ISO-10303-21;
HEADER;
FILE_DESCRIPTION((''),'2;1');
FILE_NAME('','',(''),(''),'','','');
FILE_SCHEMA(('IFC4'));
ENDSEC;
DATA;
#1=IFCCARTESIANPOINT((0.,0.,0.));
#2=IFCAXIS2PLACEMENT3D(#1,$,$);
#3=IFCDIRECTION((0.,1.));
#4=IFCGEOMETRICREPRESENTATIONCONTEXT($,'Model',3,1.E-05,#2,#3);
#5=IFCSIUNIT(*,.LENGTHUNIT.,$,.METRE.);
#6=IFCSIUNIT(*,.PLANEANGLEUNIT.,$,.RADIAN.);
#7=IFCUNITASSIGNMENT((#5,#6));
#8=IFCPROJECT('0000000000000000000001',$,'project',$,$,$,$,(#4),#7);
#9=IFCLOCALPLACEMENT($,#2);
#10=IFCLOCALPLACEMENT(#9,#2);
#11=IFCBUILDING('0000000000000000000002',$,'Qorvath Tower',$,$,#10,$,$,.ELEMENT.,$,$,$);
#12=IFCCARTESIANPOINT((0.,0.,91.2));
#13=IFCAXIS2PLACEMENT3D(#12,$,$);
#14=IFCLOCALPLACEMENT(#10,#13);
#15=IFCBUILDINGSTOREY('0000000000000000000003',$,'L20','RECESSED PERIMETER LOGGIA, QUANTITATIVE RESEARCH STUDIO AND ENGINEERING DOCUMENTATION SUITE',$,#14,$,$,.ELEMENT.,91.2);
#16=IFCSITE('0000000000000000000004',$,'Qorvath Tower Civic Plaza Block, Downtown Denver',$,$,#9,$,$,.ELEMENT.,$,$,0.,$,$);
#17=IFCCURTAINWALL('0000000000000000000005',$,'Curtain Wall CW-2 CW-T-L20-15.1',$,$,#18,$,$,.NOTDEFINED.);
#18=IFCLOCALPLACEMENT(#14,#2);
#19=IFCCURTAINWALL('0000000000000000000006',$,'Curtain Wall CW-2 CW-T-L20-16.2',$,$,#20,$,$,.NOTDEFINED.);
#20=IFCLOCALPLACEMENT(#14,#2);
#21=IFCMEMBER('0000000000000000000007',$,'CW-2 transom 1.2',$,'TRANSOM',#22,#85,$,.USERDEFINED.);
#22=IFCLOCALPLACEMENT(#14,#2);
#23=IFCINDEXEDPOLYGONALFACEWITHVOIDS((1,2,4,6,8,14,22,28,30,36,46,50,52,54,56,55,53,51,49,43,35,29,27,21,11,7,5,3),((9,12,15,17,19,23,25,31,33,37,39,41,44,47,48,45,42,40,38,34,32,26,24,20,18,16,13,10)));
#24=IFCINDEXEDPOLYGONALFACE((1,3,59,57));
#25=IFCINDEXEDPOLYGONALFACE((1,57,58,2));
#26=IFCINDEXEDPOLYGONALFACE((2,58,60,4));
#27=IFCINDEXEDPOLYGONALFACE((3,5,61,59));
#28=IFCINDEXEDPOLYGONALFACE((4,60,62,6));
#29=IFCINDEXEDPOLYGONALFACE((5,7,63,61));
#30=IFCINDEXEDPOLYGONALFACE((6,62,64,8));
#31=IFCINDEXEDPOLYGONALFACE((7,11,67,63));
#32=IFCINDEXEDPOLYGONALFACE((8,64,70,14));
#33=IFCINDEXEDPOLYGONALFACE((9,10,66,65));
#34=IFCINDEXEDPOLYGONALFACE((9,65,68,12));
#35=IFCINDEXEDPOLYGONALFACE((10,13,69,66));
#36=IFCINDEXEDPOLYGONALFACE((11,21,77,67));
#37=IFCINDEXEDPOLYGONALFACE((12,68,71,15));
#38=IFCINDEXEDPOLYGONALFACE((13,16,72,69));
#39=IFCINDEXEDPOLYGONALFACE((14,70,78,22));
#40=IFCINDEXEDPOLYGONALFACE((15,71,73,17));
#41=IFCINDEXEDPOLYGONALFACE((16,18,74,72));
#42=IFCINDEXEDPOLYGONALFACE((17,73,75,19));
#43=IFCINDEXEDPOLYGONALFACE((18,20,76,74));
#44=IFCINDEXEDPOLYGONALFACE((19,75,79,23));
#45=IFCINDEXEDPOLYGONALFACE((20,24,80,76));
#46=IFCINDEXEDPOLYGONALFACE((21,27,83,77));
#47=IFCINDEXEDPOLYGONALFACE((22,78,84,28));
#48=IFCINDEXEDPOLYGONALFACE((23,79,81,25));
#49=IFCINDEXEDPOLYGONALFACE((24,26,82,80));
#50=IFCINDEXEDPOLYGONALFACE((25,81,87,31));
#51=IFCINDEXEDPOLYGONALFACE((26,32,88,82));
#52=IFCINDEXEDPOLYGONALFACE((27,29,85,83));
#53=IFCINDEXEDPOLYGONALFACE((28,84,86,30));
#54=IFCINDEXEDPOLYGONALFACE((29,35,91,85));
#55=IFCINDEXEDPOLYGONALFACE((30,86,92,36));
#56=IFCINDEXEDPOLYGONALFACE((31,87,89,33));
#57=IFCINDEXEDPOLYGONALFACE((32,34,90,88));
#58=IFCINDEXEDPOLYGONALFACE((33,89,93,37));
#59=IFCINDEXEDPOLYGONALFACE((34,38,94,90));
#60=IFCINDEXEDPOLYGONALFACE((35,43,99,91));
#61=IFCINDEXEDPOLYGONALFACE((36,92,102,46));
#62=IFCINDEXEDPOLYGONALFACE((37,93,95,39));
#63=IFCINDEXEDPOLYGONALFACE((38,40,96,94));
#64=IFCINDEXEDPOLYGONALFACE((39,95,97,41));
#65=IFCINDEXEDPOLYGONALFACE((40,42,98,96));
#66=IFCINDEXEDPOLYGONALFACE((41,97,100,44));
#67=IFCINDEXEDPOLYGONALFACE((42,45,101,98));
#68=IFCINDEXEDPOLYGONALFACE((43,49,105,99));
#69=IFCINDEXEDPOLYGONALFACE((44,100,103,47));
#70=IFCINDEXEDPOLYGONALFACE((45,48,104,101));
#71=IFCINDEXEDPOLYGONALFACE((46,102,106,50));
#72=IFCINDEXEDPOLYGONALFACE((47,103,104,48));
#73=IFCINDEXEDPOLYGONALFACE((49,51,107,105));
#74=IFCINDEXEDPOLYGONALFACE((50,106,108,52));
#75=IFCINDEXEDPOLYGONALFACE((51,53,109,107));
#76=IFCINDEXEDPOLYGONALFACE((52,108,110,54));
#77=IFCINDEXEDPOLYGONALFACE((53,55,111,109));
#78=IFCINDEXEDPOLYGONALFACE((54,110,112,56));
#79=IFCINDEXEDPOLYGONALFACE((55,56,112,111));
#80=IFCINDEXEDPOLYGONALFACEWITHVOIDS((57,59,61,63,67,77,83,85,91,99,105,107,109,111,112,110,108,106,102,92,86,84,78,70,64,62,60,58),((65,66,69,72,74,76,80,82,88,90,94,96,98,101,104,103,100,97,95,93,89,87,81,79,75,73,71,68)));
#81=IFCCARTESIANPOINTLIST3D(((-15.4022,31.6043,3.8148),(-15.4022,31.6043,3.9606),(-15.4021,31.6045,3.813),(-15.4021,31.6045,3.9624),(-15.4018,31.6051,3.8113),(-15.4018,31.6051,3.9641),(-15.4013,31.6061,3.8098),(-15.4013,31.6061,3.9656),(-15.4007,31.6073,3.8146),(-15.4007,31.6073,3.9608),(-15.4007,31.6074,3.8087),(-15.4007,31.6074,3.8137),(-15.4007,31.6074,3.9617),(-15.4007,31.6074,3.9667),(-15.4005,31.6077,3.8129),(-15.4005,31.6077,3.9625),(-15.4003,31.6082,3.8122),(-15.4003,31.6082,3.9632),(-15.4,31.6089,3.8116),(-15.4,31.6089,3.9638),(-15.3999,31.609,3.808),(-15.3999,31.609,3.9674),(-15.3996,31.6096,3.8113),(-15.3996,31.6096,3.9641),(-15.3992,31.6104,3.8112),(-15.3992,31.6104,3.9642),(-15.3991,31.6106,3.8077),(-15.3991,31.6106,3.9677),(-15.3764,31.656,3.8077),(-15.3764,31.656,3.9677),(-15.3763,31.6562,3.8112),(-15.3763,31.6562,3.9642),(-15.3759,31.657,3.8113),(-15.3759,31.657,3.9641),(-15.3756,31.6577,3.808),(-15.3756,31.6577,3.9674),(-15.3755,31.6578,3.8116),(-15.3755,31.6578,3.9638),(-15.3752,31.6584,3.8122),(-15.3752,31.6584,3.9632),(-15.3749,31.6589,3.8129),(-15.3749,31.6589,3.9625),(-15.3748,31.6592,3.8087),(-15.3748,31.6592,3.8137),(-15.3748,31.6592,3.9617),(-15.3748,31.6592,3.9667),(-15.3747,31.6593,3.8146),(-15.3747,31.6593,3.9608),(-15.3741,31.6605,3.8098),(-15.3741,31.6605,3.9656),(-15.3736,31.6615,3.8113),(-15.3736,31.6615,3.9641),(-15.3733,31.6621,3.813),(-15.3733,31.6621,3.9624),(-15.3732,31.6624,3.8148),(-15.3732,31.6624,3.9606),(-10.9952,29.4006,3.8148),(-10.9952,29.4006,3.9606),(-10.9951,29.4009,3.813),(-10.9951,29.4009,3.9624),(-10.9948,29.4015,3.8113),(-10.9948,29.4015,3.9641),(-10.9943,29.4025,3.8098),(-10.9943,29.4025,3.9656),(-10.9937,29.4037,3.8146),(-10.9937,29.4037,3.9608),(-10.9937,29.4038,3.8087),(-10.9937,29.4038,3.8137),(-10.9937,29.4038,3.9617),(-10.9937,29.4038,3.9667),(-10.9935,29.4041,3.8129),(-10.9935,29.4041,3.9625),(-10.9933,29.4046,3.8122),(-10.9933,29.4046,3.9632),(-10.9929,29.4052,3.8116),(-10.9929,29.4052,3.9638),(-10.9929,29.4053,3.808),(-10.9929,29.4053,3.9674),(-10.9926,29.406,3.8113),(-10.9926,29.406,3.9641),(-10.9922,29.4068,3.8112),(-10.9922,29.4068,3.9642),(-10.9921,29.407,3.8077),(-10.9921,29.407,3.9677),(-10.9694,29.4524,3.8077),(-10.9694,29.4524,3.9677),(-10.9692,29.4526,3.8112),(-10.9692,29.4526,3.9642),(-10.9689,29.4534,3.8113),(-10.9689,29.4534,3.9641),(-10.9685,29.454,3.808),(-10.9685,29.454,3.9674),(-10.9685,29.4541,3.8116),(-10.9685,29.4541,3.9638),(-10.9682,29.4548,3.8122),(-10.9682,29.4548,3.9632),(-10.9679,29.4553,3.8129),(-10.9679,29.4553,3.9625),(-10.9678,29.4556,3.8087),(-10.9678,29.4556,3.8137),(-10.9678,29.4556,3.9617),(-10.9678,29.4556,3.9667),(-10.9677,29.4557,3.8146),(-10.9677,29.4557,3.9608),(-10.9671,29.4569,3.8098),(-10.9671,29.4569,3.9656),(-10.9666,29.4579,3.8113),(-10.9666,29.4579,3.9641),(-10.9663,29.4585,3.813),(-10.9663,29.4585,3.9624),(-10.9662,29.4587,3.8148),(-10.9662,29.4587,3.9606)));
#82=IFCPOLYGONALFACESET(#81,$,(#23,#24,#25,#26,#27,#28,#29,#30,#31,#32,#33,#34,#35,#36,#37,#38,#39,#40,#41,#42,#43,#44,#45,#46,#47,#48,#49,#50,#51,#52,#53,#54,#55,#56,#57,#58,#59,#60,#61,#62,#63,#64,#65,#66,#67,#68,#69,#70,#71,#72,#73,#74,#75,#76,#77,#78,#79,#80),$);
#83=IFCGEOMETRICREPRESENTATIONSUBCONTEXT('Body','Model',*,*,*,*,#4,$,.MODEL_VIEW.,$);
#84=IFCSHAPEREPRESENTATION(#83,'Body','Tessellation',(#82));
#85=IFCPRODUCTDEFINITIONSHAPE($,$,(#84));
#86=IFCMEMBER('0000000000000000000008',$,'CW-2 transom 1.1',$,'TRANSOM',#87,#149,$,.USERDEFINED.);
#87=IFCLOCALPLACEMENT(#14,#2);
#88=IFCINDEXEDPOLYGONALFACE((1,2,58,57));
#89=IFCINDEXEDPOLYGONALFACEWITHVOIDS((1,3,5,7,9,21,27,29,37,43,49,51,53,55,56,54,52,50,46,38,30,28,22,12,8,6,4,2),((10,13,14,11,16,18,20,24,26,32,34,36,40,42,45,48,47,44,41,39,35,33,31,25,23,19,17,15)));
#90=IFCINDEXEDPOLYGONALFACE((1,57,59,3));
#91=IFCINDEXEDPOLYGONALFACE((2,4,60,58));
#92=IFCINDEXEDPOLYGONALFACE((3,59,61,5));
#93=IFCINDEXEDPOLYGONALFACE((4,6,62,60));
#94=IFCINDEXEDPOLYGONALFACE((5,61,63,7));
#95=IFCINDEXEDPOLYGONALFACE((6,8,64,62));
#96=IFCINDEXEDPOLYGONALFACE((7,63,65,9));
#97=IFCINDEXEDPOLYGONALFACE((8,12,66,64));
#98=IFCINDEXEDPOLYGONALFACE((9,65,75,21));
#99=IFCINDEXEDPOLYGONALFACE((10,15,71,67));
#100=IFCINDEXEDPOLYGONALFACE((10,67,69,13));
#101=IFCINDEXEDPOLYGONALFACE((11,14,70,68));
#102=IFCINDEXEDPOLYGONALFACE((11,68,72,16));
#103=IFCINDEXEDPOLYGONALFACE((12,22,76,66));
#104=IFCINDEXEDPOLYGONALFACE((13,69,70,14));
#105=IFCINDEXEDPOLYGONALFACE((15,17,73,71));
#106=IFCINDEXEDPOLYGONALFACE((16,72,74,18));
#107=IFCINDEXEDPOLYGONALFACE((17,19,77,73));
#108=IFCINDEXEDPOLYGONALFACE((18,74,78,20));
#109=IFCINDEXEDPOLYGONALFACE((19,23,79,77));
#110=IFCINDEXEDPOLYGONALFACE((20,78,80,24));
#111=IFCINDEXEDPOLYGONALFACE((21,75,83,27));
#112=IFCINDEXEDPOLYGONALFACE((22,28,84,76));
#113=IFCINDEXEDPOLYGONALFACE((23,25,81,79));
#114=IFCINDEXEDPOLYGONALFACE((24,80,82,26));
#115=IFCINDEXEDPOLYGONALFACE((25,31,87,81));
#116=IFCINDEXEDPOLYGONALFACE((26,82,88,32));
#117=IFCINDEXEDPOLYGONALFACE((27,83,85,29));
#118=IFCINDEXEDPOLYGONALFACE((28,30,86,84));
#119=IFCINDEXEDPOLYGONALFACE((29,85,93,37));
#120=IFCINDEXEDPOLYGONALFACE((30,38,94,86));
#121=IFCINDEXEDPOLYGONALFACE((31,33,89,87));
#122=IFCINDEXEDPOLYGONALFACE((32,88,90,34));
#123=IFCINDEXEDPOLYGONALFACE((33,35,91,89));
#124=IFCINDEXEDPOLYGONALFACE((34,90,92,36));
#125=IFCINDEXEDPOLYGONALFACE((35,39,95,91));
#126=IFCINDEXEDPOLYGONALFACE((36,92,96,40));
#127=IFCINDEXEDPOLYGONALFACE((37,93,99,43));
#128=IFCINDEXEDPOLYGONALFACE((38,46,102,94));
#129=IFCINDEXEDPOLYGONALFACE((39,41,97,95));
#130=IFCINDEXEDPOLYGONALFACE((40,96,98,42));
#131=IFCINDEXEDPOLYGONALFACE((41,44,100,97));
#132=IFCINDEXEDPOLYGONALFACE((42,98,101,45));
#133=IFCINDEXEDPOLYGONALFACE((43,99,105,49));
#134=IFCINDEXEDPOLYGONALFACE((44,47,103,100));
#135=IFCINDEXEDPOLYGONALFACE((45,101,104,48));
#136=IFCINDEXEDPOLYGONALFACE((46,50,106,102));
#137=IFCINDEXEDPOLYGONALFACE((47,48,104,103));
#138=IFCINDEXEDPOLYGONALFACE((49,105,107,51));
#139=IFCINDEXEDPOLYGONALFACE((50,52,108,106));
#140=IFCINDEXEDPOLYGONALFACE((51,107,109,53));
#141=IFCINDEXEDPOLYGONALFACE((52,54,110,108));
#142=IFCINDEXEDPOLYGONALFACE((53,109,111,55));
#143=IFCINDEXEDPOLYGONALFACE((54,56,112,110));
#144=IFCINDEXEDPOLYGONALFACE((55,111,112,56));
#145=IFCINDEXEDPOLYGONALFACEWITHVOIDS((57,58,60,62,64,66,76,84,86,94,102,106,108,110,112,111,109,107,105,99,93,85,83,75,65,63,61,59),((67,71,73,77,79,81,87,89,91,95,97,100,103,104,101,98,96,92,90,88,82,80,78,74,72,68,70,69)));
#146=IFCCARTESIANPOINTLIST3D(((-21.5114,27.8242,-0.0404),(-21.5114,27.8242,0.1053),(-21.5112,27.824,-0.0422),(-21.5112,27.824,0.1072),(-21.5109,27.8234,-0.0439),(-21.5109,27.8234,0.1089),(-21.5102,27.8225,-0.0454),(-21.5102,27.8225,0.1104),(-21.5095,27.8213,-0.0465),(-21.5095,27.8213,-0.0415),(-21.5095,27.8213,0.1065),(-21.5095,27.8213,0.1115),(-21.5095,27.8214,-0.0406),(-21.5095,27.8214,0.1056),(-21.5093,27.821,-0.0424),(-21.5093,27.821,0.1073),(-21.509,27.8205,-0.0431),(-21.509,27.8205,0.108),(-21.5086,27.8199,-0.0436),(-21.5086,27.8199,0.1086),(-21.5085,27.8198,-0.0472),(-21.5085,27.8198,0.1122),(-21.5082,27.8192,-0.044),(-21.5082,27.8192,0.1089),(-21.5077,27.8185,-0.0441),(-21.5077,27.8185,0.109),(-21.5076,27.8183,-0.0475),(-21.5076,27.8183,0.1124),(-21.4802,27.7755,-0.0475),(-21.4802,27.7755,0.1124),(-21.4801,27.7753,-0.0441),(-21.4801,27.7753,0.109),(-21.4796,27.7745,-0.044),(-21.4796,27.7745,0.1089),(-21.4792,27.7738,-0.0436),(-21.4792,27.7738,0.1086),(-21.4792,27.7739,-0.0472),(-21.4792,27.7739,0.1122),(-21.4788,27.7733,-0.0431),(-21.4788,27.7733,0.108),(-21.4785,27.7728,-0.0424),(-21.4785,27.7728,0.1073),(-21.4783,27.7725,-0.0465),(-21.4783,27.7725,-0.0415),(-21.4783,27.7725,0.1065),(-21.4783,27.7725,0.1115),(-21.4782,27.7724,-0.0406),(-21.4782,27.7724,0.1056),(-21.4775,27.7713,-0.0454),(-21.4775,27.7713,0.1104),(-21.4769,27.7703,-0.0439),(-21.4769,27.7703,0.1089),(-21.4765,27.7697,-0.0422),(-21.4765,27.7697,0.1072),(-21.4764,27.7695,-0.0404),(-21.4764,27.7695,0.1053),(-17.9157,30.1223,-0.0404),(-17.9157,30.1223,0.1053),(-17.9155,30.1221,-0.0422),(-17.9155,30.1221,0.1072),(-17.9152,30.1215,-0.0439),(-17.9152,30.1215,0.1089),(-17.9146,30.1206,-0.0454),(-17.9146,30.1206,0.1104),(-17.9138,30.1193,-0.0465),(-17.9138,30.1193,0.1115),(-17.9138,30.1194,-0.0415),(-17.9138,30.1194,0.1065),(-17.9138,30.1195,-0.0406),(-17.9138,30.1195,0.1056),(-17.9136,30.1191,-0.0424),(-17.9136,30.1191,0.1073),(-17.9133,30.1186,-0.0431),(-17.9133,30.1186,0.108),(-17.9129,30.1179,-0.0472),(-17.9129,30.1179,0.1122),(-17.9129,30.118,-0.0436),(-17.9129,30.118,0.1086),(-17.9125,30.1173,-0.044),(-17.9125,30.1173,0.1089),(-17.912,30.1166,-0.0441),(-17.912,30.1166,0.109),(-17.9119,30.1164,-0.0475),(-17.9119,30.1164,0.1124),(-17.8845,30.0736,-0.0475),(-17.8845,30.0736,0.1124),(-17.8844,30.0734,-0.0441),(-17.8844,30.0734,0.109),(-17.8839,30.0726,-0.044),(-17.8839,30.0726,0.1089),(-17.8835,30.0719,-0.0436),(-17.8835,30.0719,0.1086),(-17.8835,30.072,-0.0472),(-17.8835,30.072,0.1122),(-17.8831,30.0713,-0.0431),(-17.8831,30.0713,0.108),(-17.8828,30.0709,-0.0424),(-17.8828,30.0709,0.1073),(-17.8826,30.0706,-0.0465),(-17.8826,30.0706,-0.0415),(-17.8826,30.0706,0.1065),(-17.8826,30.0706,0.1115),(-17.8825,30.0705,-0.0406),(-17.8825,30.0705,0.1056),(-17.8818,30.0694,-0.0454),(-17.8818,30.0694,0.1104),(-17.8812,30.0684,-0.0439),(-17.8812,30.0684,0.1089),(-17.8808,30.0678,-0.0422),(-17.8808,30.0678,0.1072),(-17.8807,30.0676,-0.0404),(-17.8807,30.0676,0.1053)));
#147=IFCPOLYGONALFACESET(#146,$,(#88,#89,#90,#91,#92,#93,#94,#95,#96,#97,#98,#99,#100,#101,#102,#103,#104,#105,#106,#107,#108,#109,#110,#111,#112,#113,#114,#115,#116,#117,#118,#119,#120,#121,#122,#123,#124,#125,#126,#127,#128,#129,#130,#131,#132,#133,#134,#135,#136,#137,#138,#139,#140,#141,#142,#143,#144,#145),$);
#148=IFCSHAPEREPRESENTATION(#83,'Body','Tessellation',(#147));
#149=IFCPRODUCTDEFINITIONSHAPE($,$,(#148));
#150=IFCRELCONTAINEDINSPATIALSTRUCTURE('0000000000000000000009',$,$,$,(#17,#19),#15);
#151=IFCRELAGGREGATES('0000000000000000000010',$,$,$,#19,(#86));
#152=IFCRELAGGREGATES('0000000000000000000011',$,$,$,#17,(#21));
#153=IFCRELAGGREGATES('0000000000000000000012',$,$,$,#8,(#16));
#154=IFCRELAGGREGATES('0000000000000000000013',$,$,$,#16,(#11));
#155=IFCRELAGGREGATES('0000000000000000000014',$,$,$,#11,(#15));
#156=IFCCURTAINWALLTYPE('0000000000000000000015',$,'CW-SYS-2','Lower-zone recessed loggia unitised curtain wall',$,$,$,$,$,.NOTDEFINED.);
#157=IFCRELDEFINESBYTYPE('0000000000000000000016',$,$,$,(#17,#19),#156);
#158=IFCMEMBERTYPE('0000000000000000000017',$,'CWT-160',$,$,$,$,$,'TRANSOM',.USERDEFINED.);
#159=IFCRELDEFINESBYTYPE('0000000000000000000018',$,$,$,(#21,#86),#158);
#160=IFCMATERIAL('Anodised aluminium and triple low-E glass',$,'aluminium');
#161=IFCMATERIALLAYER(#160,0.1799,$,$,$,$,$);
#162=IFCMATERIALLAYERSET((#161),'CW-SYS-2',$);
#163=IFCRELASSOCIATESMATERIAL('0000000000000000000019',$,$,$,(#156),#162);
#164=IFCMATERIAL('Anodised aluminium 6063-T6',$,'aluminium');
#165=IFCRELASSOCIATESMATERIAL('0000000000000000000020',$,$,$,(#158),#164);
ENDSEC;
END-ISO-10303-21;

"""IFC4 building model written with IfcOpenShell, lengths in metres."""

from ifc_helpers import new_model, si_unit, direction, frame, origin, origin_2d, place, context, subcontext, project, spatial, hollow_rectangle, extrude, material, layer, layer_set, material_profile, profile_set, type_object, element, aggregate, save


model = new_model("IFC4")

# Units and contexts
model_context = context("Model", 3, precision=1e-05, world=origin(), true_north=direction((0.0, 1.0)))
body_context = subcontext(model_context, "Body", "Model", "MODEL_VIEW")
ifc_project = project(units=[si_unit("LENGTHUNIT", "METRE"), si_unit("PLANEANGLEUNIT", "RADIAN")], contexts=[model_context])

# Site, building, storey
site_placement = place(None, origin())
site = spatial("IfcSite", under=ifc_project, at=site_placement, Name="Qorvath Tower Civic Plaza Block, Downtown Denver", CompositionType="ELEMENT", RefElevation=0.0)
building_placement = place(site_placement, origin())
building = spatial("IfcBuilding", under=site, at=building_placement, Name="Qorvath Tower", CompositionType="ELEMENT")
storey_placement = place(building_placement, frame((0.0, 0.0, 91.2)))
storey = spatial("IfcBuildingStorey", under=building, at=storey_placement, Name="L20", Description="RECESSED PERIMETER LOGGIA, QUANTITATIVE RESEARCH STUDIO AND ENGINEERING DOCUMENTATION SUITE", CompositionType="ELEMENT", Elevation=91.2)

# Shared definitions
ifc_material_1 = material(Name="Anodised aluminium and triple low-E glass", Category="aluminium")
ifc_layer_1 = layer(ifc_material_1, 0.1799)
ifc_layer_set_1 = layer_set([ifc_layer_1], Name="CW-SYS-2")
curtain_wall_type = type_object("IfcCurtainWallType", Name="CW-SYS-2", Description="Lower-zone recessed loggia unitised curtain wall", PredefinedType="NOTDEFINED", material=ifc_layer_set_1)

# Curtain wall
curtain_wall_1_placement = place(storey_placement, origin())
curtain_wall_1 = element("IfcCurtainWall", 1, at=curtain_wall_1_placement, inside=storey, type_object=curtain_wall_type, Name="Curtain Wall CW-2 CW-T-L20-15.1", PredefinedType="NOTDEFINED")

# Curtain wall
curtain_wall_2_placement = place(storey_placement, origin())
curtain_wall_2 = element("IfcCurtainWall", 2, at=curtain_wall_2_placement, inside=storey, type_object=curtain_wall_type, Name="Curtain Wall CW-2 CW-T-L20-16.2", PredefinedType="NOTDEFINED")

# Members
ifc_material_2 = material(Name="Anodised aluminium 6063-T6", Category="aluminium")
ifc_material_profile_1 = material_profile(ifc_material_2, hollow_rectangle(XDim=0.0649, YDim=0.1599, WallThickness=0.0034, InnerFilletRadius=0.0034, OuterFilletRadius=0.0071, at=origin_2d()), Name="CWT 160x65")
ifc_profile_set_1 = profile_set([ifc_material_profile_1], Name="Anodised aluminium 6063-T6")
member_type_1 = type_object("IfcMemberType", Name="CWT-160", ElementType="TRANSOM", PredefinedType="USERDEFINED", material=ifc_profile_set_1)
member_1_placement = place(storey_placement, frame((-10.9807, 29.4297, 3.8877), z_axis=(-0.894417, 0.447233, 0.0), x_axis=(-0.447233, -0.894417, 0.0)))
member_1 = element("IfcMember", 3, at=member_1_placement, type_object=member_type_1, Name="CW-2 transom 1.2", ObjectType="TRANSOM", PredefinedType="USERDEFINED", context=body_context, shape_type="SweptSolid", body=[
    extrude(hollow_rectangle(XDim=0.0649, YDim=0.1599, WallThickness=0.0034, InnerFilletRadius=0.0034, OuterFilletRadius=0.0071, at=origin_2d()), origin(), (0.0, 0.0, 1.0), 4.9272),
])
member_2_placement = place(storey_placement, frame((-17.8982, 30.095, 0.0325), z_axis=(-0.842607, -0.538529, 0.0), x_axis=(0.538529, -0.842607, 0.0)))
member_2 = element("IfcMember", 4, at=member_2_placement, type_object=member_type_1, Name="CW-2 transom 1.1", ObjectType="TRANSOM", PredefinedType="USERDEFINED", context=body_context, shape_type="SweptSolid", body=[
    extrude(hollow_rectangle(XDim=0.0649, YDim=0.1599, WallThickness=0.0034, InnerFilletRadius=0.0034, OuterFilletRadius=0.0071, at=origin_2d()), origin(), (0.0, 0.0, 1.0), 4.2673),
])
aggregate(curtain_wall_2, [member_2])

aggregate(curtain_wall_1, [member_1])

save(model, "model.ifc")
